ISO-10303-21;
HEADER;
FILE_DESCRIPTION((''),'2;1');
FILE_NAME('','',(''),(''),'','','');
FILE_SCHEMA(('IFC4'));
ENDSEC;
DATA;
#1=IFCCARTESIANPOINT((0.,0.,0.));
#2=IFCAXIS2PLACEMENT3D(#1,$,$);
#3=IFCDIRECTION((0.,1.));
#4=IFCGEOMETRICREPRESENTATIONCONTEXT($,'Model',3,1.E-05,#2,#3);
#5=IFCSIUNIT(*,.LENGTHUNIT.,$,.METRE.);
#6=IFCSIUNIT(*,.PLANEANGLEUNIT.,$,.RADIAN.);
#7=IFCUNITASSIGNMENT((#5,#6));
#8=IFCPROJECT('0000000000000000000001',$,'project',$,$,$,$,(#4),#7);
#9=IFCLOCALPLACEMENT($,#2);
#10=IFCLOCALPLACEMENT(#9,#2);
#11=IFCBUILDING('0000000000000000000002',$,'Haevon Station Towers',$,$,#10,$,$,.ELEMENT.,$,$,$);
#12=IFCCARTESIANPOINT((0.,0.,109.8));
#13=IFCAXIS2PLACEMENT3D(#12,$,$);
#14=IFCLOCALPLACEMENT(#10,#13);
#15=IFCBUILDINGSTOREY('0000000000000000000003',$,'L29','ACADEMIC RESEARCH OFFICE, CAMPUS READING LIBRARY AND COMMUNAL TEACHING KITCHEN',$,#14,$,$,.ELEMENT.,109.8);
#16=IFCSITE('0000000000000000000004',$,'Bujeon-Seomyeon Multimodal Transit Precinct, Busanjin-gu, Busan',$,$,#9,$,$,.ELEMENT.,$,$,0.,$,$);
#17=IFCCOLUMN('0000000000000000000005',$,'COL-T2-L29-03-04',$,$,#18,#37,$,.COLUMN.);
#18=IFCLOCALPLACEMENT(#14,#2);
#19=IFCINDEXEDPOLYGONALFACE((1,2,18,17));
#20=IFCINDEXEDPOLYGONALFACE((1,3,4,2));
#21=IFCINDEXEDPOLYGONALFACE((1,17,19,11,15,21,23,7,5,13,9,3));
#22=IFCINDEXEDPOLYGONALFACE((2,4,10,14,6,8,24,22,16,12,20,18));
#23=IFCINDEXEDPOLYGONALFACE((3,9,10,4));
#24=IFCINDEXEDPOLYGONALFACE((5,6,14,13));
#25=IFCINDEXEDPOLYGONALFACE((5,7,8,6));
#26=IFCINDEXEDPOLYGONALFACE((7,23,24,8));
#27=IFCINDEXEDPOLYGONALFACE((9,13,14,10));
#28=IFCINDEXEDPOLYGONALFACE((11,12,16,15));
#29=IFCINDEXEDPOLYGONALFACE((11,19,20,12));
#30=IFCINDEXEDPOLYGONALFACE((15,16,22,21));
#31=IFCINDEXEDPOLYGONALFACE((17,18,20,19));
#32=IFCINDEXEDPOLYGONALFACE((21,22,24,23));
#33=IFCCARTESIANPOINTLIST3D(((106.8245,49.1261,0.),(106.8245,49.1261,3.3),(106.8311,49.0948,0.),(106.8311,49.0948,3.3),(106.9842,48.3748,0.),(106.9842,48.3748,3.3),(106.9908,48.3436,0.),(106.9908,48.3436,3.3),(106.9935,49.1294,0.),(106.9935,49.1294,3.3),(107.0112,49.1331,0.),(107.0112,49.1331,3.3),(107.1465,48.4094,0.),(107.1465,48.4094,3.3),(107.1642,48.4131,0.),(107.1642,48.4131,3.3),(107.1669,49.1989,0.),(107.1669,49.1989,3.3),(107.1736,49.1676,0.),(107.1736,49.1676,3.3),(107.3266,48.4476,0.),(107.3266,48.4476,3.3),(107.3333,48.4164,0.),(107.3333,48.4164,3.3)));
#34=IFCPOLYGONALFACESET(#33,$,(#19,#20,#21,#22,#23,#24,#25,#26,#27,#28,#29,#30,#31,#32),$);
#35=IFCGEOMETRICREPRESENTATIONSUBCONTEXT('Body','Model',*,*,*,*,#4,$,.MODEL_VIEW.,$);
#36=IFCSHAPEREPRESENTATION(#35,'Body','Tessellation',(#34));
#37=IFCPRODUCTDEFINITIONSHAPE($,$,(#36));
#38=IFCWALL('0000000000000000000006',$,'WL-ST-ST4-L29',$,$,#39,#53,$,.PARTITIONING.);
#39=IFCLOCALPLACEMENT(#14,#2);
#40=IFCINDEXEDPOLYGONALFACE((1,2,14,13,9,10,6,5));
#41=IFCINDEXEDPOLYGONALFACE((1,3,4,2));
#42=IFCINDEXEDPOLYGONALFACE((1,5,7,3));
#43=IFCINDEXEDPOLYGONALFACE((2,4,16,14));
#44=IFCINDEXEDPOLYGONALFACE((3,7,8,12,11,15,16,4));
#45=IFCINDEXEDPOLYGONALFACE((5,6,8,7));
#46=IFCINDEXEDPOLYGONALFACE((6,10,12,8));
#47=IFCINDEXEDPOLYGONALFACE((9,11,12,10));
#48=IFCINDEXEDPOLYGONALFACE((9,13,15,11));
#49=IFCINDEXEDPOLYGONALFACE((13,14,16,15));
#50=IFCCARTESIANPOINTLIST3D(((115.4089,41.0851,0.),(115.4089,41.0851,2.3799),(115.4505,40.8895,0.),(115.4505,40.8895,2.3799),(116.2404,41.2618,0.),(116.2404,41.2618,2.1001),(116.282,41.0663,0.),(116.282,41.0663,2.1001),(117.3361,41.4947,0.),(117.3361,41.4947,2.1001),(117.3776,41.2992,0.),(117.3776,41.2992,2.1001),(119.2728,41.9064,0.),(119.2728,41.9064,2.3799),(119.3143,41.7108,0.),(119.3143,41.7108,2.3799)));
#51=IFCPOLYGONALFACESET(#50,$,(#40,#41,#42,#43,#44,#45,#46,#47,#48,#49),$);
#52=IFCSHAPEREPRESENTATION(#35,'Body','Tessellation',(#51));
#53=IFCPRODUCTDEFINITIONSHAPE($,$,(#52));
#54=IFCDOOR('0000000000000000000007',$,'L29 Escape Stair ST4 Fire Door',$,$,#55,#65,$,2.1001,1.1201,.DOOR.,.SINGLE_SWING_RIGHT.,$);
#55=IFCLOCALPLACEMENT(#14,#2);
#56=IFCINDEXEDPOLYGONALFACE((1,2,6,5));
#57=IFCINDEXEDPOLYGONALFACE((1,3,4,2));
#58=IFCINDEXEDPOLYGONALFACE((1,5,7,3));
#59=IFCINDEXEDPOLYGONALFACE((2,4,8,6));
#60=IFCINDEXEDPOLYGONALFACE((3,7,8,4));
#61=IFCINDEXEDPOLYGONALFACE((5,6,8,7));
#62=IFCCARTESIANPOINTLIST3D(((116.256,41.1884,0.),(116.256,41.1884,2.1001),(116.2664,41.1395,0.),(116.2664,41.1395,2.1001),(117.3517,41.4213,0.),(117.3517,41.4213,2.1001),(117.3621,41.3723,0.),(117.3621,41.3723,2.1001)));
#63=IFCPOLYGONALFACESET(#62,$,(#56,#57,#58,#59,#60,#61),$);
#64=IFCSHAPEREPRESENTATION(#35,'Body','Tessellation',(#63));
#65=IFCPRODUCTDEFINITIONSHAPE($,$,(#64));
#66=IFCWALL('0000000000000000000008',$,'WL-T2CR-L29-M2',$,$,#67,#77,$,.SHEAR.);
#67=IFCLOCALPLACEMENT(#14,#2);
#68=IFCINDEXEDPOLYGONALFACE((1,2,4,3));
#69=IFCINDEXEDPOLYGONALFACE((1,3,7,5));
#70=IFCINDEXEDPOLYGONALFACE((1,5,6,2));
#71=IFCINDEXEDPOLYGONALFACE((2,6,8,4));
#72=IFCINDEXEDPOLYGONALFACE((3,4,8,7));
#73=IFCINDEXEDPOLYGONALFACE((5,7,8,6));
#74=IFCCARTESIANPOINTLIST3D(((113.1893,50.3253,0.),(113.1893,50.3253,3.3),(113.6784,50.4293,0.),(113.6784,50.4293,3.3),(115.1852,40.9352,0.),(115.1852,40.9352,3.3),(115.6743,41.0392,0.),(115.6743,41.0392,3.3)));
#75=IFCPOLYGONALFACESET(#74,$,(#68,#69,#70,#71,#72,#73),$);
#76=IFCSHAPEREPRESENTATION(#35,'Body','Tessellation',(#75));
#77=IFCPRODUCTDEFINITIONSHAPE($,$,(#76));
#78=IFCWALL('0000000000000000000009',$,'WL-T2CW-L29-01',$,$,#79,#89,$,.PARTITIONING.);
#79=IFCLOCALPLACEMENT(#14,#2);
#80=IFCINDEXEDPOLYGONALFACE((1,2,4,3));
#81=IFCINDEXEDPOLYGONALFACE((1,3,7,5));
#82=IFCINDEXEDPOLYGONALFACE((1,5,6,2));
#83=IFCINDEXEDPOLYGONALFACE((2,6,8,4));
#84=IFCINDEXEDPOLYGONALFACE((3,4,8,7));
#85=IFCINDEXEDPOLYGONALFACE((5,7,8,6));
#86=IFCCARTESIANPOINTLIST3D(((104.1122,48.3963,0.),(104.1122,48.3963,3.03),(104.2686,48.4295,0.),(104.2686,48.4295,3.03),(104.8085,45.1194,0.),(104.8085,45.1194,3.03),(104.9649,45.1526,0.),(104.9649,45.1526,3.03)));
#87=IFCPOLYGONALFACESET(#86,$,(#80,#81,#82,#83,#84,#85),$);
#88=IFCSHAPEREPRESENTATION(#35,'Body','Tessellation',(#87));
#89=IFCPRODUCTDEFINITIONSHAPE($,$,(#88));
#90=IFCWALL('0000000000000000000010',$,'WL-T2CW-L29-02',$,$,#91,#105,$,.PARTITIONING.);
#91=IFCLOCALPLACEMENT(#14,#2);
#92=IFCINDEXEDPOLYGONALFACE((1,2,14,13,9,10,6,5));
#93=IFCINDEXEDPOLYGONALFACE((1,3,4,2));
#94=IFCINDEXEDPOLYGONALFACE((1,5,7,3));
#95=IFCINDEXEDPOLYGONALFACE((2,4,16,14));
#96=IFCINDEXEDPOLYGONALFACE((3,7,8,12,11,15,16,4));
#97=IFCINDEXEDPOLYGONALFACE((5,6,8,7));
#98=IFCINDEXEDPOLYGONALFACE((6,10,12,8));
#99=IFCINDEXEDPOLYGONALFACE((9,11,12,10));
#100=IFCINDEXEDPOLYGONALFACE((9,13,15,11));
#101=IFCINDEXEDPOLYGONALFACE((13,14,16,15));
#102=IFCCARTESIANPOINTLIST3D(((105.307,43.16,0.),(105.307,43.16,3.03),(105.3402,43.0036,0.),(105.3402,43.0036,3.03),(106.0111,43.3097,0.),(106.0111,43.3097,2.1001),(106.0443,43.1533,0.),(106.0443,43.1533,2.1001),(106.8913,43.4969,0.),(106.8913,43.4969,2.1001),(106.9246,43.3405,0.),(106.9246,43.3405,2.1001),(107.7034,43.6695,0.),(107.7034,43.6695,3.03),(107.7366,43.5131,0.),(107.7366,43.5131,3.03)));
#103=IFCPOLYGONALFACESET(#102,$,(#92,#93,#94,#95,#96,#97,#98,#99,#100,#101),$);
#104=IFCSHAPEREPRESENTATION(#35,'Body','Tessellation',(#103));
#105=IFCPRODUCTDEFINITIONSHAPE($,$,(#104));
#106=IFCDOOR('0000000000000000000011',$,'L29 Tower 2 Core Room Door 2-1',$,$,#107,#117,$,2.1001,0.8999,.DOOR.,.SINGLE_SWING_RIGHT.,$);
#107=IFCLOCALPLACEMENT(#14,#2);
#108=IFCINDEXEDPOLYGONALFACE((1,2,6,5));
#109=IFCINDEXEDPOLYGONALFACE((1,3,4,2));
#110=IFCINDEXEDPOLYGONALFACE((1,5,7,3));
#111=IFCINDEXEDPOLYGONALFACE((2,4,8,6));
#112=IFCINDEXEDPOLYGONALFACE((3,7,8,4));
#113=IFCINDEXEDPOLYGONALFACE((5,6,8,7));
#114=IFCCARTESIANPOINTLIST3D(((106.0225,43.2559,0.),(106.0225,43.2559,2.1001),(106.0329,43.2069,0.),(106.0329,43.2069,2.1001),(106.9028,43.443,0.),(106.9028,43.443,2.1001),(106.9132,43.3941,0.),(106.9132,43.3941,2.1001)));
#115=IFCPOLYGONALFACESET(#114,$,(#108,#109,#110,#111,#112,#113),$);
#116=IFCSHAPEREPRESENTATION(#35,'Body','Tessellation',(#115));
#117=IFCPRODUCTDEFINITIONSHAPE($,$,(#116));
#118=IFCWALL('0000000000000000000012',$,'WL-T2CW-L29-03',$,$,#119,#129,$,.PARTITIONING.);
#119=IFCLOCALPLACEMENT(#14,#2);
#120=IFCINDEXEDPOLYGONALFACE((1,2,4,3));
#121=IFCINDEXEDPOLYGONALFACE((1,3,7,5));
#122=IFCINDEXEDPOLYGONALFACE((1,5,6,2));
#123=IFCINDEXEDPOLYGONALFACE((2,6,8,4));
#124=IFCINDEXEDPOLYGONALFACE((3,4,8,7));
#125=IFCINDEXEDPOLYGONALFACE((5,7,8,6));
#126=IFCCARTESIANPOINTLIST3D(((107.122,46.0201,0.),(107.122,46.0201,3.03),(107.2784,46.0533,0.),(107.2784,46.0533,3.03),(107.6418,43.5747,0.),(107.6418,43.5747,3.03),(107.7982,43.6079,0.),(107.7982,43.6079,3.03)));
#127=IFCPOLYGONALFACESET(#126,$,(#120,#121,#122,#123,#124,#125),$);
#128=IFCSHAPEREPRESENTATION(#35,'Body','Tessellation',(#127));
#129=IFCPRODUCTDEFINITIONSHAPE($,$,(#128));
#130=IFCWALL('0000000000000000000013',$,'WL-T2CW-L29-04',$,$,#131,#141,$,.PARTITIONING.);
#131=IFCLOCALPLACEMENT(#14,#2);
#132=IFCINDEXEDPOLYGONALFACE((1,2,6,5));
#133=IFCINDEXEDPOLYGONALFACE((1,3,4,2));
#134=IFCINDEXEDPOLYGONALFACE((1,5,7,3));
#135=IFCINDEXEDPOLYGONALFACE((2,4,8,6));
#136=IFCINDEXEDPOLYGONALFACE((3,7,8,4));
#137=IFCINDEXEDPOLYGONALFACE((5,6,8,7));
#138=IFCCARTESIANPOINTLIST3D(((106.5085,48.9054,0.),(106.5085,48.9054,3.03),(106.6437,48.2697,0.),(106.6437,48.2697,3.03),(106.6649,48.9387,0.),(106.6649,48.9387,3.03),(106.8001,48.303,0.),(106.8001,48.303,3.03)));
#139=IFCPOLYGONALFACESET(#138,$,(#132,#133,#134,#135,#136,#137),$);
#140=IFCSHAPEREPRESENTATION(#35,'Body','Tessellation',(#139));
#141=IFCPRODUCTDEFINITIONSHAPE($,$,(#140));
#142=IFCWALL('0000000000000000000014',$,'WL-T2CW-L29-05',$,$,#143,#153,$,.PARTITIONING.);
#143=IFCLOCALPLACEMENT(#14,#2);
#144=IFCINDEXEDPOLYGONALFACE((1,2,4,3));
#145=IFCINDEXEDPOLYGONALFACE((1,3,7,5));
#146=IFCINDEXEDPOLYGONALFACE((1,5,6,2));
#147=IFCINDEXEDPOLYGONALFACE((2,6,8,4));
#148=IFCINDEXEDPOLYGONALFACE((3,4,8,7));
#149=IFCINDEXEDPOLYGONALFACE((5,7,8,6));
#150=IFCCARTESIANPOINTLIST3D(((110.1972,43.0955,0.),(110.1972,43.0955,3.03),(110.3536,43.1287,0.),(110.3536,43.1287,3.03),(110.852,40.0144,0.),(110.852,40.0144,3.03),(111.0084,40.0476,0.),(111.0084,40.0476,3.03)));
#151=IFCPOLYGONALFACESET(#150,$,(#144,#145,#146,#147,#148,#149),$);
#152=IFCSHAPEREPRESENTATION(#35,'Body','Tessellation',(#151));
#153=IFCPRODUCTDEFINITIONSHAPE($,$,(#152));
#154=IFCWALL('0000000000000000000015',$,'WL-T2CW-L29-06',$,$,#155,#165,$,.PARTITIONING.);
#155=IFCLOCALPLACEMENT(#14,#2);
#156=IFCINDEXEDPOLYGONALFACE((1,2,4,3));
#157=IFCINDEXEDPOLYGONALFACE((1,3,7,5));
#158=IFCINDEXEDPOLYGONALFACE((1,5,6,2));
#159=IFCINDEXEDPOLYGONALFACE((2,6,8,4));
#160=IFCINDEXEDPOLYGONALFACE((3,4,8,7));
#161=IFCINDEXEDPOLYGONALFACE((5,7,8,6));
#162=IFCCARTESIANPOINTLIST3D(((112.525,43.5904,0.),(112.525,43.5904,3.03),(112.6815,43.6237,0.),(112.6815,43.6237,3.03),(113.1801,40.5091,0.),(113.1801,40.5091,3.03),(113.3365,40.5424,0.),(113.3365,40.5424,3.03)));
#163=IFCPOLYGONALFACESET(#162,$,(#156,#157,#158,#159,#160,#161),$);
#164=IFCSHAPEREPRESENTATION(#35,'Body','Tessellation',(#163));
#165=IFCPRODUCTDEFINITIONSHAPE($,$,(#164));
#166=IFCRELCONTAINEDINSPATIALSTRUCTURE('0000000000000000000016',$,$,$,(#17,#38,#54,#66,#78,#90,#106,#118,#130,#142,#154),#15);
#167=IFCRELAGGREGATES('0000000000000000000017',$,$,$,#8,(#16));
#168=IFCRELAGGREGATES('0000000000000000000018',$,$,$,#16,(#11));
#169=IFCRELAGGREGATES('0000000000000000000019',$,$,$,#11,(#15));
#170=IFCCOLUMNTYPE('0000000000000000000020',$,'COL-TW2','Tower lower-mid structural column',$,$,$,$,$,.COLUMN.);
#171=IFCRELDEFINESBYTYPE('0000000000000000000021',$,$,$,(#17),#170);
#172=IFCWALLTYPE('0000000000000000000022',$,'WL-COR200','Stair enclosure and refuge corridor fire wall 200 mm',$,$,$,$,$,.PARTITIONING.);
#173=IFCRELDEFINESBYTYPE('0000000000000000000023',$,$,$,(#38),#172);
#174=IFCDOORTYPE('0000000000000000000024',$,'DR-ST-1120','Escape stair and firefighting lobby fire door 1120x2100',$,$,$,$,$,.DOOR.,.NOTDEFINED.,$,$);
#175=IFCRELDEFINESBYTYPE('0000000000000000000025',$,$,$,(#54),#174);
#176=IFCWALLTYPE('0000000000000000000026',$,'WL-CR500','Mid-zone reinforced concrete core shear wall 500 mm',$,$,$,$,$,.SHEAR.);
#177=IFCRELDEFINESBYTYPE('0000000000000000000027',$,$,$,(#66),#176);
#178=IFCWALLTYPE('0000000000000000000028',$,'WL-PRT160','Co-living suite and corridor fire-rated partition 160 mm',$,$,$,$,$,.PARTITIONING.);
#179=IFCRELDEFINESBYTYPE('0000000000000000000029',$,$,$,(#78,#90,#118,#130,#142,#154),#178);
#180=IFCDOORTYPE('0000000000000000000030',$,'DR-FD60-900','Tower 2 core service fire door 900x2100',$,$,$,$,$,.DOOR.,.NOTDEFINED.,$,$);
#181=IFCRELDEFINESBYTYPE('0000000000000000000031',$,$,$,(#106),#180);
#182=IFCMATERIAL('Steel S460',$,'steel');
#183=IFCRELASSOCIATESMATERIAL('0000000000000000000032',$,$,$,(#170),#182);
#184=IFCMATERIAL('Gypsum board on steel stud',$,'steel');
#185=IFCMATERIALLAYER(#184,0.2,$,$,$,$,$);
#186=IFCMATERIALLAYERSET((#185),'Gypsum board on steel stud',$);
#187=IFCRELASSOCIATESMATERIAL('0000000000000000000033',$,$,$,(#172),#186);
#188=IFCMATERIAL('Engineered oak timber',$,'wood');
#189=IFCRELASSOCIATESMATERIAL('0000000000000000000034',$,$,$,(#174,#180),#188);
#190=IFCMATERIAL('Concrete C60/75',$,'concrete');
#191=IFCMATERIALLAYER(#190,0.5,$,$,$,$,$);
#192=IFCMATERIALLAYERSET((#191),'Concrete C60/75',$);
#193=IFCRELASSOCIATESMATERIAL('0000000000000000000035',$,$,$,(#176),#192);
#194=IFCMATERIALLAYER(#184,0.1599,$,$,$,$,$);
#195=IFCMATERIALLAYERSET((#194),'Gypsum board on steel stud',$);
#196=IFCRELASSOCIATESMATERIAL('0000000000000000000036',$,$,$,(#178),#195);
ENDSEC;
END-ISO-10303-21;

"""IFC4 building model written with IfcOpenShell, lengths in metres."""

from ifc_helpers import new_model, si_unit, direction, frame, frame_2d, origin, origin_2d, place, context, subcontext, project, spatial, rectangle, i_section, extrude, material, layer, layer_set, material_profile, profile_set, type_object, element, fill, save


model = new_model("IFC4")

# Units and contexts
model_context = context("Model", 3, precision=1e-05, world=origin(), true_north=direction((0.0, 1.0)))
body_context = subcontext(model_context, "Body", "Model", "MODEL_VIEW")
ifc_project = project(units=[si_unit("LENGTHUNIT", "METRE"), si_unit("PLANEANGLEUNIT", "RADIAN")], contexts=[model_context])

# Site, building, storey
site_placement = place(None, origin())
site = spatial("IfcSite", under=ifc_project, at=site_placement, Name="Bujeon-Seomyeon Multimodal Transit Precinct, Busanjin-gu, Busan", CompositionType="ELEMENT", RefElevation=0.0)
building_placement = place(site_placement, origin())
building = spatial("IfcBuilding", under=site, at=building_placement, Name="Haevon Station Towers", CompositionType="ELEMENT")
storey_placement = place(building_placement, frame((0.0, 0.0, 109.8)))
storey = spatial("IfcBuildingStorey", under=building, at=storey_placement, Name="L29", Description="ACADEMIC RESEARCH OFFICE, CAMPUS READING LIBRARY AND COMMUNAL TEACHING KITCHEN", CompositionType="ELEMENT", Elevation=109.8)

# Column
ifc_material_1 = material(Name="Steel S460", Category="steel")
ifc_material_profile = material_profile(ifc_material_1, i_section(OverallWidth=0.3501, OverallDepth=0.8, WebThickness=0.0181, FlangeThickness=0.032, at=origin_2d()), Name="H-800x350x18x32")
ifc_profile_set = profile_set([ifc_material_profile], Name="Steel S460")
column_type = type_object("IfcColumnType", Name="COL-TW2", Description="Tower lower-mid structural column", PredefinedType="COLUMN", material=ifc_profile_set)
column_placement = place(storey_placement, frame((107.0789, 48.7712, 0.0), z_axis=(0.0, 0.0, 1.0), x_axis=(0.978148, 0.207912, 0.0)))
element("IfcColumn", 1, at=column_placement, inside=storey, type_object=column_type, Name="COL-T2-L29-03-04", PredefinedType="COLUMN", context=body_context, shape_type="SweptSolid", body=[
    extrude(i_section(OverallWidth=0.3501, OverallDepth=0.8, WebThickness=0.0181, FlangeThickness=0.032, at=origin_2d()), origin(), (0.0, 0.0, 1.0), 3.3),
])

# Wall, opening, door
ifc_material_2 = material(Name="Gypsum board on steel stud", Category="steel")
ifc_layer_1 = layer(ifc_material_2, 0.2)
ifc_layer_set_1 = layer_set([ifc_layer_1], Name="Gypsum board on steel stud")
wall_type_1 = type_object("IfcWallType", Name="WL-COR200", Description="Stair enclosure and refuge corridor fire wall 200 mm", PredefinedType="PARTITIONING", material=ifc_layer_set_1)
wall_1_placement = place(storey_placement, frame((115.4297, 40.9873, 0.0), z_axis=(0.0, 0.0, 1.0), x_axis=(0.978147, 0.207916, 0.0)))
wall_1 = element("IfcWall", 2, at=wall_1_placement, inside=storey, type_object=wall_type_1, Name="WL-ST-ST4-L29", PredefinedType="PARTITIONING", context=body_context, shape_type="SweptSolid", body=[
    extrude(rectangle(XDim=3.9502, YDim=0.2, at=frame_2d((1.9751, 0.0))), origin(), (0.0, 0.0, 1.0), 2.3799),
])
opening_1_placement = place(wall_1_placement, frame((0.8501, 0.0, 0.0)))
opening_1 = element("IfcOpeningElement", 3, at=opening_1_placement, cuts=wall_1, PredefinedType="OPENING", context=body_context, shape_type="SweptSolid", body=[
    extrude(rectangle(XDim=1.1201, YDim=2.1001, at=frame_2d((0.5601, 1.05))), frame((0.0, 0.1099, 0.0), z_axis=(0.0, -1.0, 0.0), x_axis=(1.0, 0.0, 0.0)), (0.0, 0.0, 1.0), 0.22),
])
ifc_material_3 = material(Name="Engineered oak timber", Category="wood")
door_type_1 = type_object("IfcDoorType", Name="DR-ST-1120", Description="Escape stair and firefighting lobby fire door 1120x2100", OperationType="NOTDEFINED", PredefinedType="DOOR", material=ifc_material_3)
door_1_placement = place(opening_1_placement, origin())
door_1 = element("IfcDoor", 4, at=door_1_placement, inside=storey, type_object=door_type_1, Name="L29 Escape Stair ST4 Fire Door", OperationType="SINGLE_SWING_RIGHT", OverallHeight=2.1001, OverallWidth=1.1201, PredefinedType="DOOR", context=body_context, shape_type="SweptSolid", body=[
    extrude(rectangle(XDim=1.1201, YDim=2.1001, at=frame_2d((0.5601, 1.05))), frame((0.0, 0.0249, 0.0), z_axis=(0.0, -1.0, 0.0), x_axis=(1.0, 0.0, 0.0)), (0.0, 0.0, 1.0), 0.05),
])
fill(opening_1, door_1)

# Walls
ifc_material_4 = material(Name="Concrete C60/75", Category="concrete")
ifc_layer_2 = layer(ifc_material_4, 0.5)
ifc_layer_set_2 = layer_set([ifc_layer_2], Name="Concrete C60/75")
wall_type_2 = type_object("IfcWallType", Name="WL-CR500", Description="Mid-zone reinforced concrete core shear wall 500 mm", PredefinedType="SHEAR", material=ifc_layer_set_2)
wall_2_placement = place(storey_placement, frame((115.4297, 40.9873, 0.0), z_axis=(0.0, 0.0, 1.0), x_axis=(-0.207903, 0.978149, 0.0)))
element("IfcWall", 5, at=wall_2_placement, inside=storey, type_object=wall_type_2, Name="WL-T2CR-L29-M2", PredefinedType="SHEAR", context=body_context, shape_type="SweptSolid", body=[
    extrude(rectangle(XDim=9.5999, YDim=0.5, at=frame_2d((4.7998, 0.0))), origin(), (0.0, 0.0, 1.0), 3.3),
])
ifc_layer_3 = layer(ifc_material_2, 0.1599)
ifc_layer_set_3 = layer_set([ifc_layer_3], Name="Gypsum board on steel stud")
wall_type_3 = type_object("IfcWallType", Name="WL-PRT160", Description="Co-living suite and corridor fire-rated partition 160 mm", PredefinedType="PARTITIONING", material=ifc_layer_set_3)
wall_3_placement = place(storey_placement, frame((104.8867, 45.136, 0.0), z_axis=(0.0, 0.0, 1.0), x_axis=(-0.207847, 0.978161, 0.0)))
element("IfcWall", 6, at=wall_3_placement, inside=storey, type_object=wall_type_3, Name="WL-T2CW-L29-01", PredefinedType="PARTITIONING", context=body_context, shape_type="SweptSolid", body=[
    extrude(rectangle(XDim=3.3501, YDim=0.1599, at=frame_2d((1.675, 0.0))), origin(), (0.0, 0.0, 1.0), 3.03),
])

# Wall, opening, door
wall_4_placement = place(storey_placement, frame((105.3235, 43.0818, 0.0), z_axis=(0.0, 0.0, 1.0), x_axis=(0.978137, 0.207964, 0.0)))
wall_4 = element("IfcWall", 7, at=wall_4_placement, inside=storey, type_object=wall_type_3, Name="WL-T2CW-L29-02", PredefinedType="PARTITIONING", context=body_context, shape_type="SweptSolid", body=[
    extrude(rectangle(XDim=2.45, YDim=0.1599, at=frame_2d((1.2251, 0.0))), origin(), (0.0, 0.0, 1.0), 3.03),
])
opening_2_placement = place(wall_4_placement, frame((0.72, 0.0, 0.0)))
opening_2 = element("IfcOpeningElement", 8, at=opening_2_placement, cuts=wall_4, PredefinedType="OPENING", context=body_context, shape_type="SweptSolid", body=[
    extrude(rectangle(XDim=0.8999, YDim=2.1001, at=frame_2d((0.45, 1.05))), frame((0.0, 0.0898, 0.0), z_axis=(0.0, -1.0, 0.0), x_axis=(1.0, 0.0, 0.0)), (0.0, 0.0, 1.0), 0.1799),
])
door_type_2 = type_object("IfcDoorType", Name="DR-FD60-900", Description="Tower 2 core service fire door 900x2100", OperationType="NOTDEFINED", PredefinedType="DOOR", material=ifc_material_3)
door_2_placement = place(opening_2_placement, origin())
door_2 = element("IfcDoor", 9, at=door_2_placement, inside=storey, type_object=door_type_2, Name="L29 Tower 2 Core Room Door 2-1", OperationType="SINGLE_SWING_RIGHT", OverallHeight=2.1001, OverallWidth=0.8999, PredefinedType="DOOR", context=body_context, shape_type="SweptSolid", body=[
    extrude(rectangle(XDim=0.8999, YDim=2.1001, at=frame_2d((0.45, 1.05))), frame((0.0, 0.0249, 0.0), z_axis=(0.0, -1.0, 0.0), x_axis=(1.0, 0.0, 0.0)), (0.0, 0.0, 1.0), 0.05),
])
fill(opening_2, door_2)

# Walls
wall_5_placement = place(storey_placement, frame((107.72, 43.5913, 0.0), z_axis=(0.0, 0.0, 1.0), x_axis=(-0.207915, 0.978147, 0.0)))
element("IfcWall", 10, at=wall_5_placement, inside=storey, type_object=wall_type_3, Name="WL-T2CW-L29-03", PredefinedType="PARTITIONING", context=body_context, shape_type="SweptSolid", body=[
    extrude(rectangle(XDim=2.5, YDim=0.1599, at=frame_2d((1.25, 0.0))), origin(), (0.0, 0.0, 1.0), 3.03),
])
wall_6_placement = place(storey_placement, frame((106.7219, 48.2864, 0.0), z_axis=(0.0, 0.0, 1.0), x_axis=(-0.208092, 0.978109, 0.0)))
element("IfcWall", 11, at=wall_6_placement, inside=storey, type_object=wall_type_3, Name="WL-T2CW-L29-04", PredefinedType="PARTITIONING", context=body_context, shape_type="SweptSolid", body=[
    extrude(rectangle(XDim=0.6499, YDim=0.1599, at=frame_2d((0.325, 0.0))), origin(), (0.0, 0.0, 1.0), 3.03),
])
wall_7_placement = place(storey_placement, frame((110.9302, 40.031, 0.0), z_axis=(0.0, 0.0, 1.0), x_axis=(-0.207877, 0.978155, 0.0)))
element("IfcWall", 12, at=wall_7_placement, inside=storey, type_object=wall_type_3, Name="WL-T2CW-L29-05", PredefinedType="PARTITIONING", context=body_context, shape_type="SweptSolid", body=[
    extrude(rectangle(XDim=3.1499, YDim=0.1599, at=frame_2d((1.575, 0.0))), origin(), (0.0, 0.0, 1.0), 3.03),
])
wall_8_placement = place(storey_placement, frame((113.2583, 40.5256, 0.0), z_axis=(0.0, 0.0, 1.0), x_axis=(-0.207936, 0.978142, 0.0)))
element("IfcWall", 13, at=wall_8_placement, inside=storey, type_object=wall_type_3, Name="WL-T2CW-L29-06", PredefinedType="PARTITIONING", context=body_context, shape_type="SweptSolid", body=[
    extrude(rectangle(XDim=3.1501, YDim=0.1599, at=frame_2d((1.5752, 0.0))), origin(), (0.0, 0.0, 1.0), 3.03),
])

save(model, "model.ifc")
